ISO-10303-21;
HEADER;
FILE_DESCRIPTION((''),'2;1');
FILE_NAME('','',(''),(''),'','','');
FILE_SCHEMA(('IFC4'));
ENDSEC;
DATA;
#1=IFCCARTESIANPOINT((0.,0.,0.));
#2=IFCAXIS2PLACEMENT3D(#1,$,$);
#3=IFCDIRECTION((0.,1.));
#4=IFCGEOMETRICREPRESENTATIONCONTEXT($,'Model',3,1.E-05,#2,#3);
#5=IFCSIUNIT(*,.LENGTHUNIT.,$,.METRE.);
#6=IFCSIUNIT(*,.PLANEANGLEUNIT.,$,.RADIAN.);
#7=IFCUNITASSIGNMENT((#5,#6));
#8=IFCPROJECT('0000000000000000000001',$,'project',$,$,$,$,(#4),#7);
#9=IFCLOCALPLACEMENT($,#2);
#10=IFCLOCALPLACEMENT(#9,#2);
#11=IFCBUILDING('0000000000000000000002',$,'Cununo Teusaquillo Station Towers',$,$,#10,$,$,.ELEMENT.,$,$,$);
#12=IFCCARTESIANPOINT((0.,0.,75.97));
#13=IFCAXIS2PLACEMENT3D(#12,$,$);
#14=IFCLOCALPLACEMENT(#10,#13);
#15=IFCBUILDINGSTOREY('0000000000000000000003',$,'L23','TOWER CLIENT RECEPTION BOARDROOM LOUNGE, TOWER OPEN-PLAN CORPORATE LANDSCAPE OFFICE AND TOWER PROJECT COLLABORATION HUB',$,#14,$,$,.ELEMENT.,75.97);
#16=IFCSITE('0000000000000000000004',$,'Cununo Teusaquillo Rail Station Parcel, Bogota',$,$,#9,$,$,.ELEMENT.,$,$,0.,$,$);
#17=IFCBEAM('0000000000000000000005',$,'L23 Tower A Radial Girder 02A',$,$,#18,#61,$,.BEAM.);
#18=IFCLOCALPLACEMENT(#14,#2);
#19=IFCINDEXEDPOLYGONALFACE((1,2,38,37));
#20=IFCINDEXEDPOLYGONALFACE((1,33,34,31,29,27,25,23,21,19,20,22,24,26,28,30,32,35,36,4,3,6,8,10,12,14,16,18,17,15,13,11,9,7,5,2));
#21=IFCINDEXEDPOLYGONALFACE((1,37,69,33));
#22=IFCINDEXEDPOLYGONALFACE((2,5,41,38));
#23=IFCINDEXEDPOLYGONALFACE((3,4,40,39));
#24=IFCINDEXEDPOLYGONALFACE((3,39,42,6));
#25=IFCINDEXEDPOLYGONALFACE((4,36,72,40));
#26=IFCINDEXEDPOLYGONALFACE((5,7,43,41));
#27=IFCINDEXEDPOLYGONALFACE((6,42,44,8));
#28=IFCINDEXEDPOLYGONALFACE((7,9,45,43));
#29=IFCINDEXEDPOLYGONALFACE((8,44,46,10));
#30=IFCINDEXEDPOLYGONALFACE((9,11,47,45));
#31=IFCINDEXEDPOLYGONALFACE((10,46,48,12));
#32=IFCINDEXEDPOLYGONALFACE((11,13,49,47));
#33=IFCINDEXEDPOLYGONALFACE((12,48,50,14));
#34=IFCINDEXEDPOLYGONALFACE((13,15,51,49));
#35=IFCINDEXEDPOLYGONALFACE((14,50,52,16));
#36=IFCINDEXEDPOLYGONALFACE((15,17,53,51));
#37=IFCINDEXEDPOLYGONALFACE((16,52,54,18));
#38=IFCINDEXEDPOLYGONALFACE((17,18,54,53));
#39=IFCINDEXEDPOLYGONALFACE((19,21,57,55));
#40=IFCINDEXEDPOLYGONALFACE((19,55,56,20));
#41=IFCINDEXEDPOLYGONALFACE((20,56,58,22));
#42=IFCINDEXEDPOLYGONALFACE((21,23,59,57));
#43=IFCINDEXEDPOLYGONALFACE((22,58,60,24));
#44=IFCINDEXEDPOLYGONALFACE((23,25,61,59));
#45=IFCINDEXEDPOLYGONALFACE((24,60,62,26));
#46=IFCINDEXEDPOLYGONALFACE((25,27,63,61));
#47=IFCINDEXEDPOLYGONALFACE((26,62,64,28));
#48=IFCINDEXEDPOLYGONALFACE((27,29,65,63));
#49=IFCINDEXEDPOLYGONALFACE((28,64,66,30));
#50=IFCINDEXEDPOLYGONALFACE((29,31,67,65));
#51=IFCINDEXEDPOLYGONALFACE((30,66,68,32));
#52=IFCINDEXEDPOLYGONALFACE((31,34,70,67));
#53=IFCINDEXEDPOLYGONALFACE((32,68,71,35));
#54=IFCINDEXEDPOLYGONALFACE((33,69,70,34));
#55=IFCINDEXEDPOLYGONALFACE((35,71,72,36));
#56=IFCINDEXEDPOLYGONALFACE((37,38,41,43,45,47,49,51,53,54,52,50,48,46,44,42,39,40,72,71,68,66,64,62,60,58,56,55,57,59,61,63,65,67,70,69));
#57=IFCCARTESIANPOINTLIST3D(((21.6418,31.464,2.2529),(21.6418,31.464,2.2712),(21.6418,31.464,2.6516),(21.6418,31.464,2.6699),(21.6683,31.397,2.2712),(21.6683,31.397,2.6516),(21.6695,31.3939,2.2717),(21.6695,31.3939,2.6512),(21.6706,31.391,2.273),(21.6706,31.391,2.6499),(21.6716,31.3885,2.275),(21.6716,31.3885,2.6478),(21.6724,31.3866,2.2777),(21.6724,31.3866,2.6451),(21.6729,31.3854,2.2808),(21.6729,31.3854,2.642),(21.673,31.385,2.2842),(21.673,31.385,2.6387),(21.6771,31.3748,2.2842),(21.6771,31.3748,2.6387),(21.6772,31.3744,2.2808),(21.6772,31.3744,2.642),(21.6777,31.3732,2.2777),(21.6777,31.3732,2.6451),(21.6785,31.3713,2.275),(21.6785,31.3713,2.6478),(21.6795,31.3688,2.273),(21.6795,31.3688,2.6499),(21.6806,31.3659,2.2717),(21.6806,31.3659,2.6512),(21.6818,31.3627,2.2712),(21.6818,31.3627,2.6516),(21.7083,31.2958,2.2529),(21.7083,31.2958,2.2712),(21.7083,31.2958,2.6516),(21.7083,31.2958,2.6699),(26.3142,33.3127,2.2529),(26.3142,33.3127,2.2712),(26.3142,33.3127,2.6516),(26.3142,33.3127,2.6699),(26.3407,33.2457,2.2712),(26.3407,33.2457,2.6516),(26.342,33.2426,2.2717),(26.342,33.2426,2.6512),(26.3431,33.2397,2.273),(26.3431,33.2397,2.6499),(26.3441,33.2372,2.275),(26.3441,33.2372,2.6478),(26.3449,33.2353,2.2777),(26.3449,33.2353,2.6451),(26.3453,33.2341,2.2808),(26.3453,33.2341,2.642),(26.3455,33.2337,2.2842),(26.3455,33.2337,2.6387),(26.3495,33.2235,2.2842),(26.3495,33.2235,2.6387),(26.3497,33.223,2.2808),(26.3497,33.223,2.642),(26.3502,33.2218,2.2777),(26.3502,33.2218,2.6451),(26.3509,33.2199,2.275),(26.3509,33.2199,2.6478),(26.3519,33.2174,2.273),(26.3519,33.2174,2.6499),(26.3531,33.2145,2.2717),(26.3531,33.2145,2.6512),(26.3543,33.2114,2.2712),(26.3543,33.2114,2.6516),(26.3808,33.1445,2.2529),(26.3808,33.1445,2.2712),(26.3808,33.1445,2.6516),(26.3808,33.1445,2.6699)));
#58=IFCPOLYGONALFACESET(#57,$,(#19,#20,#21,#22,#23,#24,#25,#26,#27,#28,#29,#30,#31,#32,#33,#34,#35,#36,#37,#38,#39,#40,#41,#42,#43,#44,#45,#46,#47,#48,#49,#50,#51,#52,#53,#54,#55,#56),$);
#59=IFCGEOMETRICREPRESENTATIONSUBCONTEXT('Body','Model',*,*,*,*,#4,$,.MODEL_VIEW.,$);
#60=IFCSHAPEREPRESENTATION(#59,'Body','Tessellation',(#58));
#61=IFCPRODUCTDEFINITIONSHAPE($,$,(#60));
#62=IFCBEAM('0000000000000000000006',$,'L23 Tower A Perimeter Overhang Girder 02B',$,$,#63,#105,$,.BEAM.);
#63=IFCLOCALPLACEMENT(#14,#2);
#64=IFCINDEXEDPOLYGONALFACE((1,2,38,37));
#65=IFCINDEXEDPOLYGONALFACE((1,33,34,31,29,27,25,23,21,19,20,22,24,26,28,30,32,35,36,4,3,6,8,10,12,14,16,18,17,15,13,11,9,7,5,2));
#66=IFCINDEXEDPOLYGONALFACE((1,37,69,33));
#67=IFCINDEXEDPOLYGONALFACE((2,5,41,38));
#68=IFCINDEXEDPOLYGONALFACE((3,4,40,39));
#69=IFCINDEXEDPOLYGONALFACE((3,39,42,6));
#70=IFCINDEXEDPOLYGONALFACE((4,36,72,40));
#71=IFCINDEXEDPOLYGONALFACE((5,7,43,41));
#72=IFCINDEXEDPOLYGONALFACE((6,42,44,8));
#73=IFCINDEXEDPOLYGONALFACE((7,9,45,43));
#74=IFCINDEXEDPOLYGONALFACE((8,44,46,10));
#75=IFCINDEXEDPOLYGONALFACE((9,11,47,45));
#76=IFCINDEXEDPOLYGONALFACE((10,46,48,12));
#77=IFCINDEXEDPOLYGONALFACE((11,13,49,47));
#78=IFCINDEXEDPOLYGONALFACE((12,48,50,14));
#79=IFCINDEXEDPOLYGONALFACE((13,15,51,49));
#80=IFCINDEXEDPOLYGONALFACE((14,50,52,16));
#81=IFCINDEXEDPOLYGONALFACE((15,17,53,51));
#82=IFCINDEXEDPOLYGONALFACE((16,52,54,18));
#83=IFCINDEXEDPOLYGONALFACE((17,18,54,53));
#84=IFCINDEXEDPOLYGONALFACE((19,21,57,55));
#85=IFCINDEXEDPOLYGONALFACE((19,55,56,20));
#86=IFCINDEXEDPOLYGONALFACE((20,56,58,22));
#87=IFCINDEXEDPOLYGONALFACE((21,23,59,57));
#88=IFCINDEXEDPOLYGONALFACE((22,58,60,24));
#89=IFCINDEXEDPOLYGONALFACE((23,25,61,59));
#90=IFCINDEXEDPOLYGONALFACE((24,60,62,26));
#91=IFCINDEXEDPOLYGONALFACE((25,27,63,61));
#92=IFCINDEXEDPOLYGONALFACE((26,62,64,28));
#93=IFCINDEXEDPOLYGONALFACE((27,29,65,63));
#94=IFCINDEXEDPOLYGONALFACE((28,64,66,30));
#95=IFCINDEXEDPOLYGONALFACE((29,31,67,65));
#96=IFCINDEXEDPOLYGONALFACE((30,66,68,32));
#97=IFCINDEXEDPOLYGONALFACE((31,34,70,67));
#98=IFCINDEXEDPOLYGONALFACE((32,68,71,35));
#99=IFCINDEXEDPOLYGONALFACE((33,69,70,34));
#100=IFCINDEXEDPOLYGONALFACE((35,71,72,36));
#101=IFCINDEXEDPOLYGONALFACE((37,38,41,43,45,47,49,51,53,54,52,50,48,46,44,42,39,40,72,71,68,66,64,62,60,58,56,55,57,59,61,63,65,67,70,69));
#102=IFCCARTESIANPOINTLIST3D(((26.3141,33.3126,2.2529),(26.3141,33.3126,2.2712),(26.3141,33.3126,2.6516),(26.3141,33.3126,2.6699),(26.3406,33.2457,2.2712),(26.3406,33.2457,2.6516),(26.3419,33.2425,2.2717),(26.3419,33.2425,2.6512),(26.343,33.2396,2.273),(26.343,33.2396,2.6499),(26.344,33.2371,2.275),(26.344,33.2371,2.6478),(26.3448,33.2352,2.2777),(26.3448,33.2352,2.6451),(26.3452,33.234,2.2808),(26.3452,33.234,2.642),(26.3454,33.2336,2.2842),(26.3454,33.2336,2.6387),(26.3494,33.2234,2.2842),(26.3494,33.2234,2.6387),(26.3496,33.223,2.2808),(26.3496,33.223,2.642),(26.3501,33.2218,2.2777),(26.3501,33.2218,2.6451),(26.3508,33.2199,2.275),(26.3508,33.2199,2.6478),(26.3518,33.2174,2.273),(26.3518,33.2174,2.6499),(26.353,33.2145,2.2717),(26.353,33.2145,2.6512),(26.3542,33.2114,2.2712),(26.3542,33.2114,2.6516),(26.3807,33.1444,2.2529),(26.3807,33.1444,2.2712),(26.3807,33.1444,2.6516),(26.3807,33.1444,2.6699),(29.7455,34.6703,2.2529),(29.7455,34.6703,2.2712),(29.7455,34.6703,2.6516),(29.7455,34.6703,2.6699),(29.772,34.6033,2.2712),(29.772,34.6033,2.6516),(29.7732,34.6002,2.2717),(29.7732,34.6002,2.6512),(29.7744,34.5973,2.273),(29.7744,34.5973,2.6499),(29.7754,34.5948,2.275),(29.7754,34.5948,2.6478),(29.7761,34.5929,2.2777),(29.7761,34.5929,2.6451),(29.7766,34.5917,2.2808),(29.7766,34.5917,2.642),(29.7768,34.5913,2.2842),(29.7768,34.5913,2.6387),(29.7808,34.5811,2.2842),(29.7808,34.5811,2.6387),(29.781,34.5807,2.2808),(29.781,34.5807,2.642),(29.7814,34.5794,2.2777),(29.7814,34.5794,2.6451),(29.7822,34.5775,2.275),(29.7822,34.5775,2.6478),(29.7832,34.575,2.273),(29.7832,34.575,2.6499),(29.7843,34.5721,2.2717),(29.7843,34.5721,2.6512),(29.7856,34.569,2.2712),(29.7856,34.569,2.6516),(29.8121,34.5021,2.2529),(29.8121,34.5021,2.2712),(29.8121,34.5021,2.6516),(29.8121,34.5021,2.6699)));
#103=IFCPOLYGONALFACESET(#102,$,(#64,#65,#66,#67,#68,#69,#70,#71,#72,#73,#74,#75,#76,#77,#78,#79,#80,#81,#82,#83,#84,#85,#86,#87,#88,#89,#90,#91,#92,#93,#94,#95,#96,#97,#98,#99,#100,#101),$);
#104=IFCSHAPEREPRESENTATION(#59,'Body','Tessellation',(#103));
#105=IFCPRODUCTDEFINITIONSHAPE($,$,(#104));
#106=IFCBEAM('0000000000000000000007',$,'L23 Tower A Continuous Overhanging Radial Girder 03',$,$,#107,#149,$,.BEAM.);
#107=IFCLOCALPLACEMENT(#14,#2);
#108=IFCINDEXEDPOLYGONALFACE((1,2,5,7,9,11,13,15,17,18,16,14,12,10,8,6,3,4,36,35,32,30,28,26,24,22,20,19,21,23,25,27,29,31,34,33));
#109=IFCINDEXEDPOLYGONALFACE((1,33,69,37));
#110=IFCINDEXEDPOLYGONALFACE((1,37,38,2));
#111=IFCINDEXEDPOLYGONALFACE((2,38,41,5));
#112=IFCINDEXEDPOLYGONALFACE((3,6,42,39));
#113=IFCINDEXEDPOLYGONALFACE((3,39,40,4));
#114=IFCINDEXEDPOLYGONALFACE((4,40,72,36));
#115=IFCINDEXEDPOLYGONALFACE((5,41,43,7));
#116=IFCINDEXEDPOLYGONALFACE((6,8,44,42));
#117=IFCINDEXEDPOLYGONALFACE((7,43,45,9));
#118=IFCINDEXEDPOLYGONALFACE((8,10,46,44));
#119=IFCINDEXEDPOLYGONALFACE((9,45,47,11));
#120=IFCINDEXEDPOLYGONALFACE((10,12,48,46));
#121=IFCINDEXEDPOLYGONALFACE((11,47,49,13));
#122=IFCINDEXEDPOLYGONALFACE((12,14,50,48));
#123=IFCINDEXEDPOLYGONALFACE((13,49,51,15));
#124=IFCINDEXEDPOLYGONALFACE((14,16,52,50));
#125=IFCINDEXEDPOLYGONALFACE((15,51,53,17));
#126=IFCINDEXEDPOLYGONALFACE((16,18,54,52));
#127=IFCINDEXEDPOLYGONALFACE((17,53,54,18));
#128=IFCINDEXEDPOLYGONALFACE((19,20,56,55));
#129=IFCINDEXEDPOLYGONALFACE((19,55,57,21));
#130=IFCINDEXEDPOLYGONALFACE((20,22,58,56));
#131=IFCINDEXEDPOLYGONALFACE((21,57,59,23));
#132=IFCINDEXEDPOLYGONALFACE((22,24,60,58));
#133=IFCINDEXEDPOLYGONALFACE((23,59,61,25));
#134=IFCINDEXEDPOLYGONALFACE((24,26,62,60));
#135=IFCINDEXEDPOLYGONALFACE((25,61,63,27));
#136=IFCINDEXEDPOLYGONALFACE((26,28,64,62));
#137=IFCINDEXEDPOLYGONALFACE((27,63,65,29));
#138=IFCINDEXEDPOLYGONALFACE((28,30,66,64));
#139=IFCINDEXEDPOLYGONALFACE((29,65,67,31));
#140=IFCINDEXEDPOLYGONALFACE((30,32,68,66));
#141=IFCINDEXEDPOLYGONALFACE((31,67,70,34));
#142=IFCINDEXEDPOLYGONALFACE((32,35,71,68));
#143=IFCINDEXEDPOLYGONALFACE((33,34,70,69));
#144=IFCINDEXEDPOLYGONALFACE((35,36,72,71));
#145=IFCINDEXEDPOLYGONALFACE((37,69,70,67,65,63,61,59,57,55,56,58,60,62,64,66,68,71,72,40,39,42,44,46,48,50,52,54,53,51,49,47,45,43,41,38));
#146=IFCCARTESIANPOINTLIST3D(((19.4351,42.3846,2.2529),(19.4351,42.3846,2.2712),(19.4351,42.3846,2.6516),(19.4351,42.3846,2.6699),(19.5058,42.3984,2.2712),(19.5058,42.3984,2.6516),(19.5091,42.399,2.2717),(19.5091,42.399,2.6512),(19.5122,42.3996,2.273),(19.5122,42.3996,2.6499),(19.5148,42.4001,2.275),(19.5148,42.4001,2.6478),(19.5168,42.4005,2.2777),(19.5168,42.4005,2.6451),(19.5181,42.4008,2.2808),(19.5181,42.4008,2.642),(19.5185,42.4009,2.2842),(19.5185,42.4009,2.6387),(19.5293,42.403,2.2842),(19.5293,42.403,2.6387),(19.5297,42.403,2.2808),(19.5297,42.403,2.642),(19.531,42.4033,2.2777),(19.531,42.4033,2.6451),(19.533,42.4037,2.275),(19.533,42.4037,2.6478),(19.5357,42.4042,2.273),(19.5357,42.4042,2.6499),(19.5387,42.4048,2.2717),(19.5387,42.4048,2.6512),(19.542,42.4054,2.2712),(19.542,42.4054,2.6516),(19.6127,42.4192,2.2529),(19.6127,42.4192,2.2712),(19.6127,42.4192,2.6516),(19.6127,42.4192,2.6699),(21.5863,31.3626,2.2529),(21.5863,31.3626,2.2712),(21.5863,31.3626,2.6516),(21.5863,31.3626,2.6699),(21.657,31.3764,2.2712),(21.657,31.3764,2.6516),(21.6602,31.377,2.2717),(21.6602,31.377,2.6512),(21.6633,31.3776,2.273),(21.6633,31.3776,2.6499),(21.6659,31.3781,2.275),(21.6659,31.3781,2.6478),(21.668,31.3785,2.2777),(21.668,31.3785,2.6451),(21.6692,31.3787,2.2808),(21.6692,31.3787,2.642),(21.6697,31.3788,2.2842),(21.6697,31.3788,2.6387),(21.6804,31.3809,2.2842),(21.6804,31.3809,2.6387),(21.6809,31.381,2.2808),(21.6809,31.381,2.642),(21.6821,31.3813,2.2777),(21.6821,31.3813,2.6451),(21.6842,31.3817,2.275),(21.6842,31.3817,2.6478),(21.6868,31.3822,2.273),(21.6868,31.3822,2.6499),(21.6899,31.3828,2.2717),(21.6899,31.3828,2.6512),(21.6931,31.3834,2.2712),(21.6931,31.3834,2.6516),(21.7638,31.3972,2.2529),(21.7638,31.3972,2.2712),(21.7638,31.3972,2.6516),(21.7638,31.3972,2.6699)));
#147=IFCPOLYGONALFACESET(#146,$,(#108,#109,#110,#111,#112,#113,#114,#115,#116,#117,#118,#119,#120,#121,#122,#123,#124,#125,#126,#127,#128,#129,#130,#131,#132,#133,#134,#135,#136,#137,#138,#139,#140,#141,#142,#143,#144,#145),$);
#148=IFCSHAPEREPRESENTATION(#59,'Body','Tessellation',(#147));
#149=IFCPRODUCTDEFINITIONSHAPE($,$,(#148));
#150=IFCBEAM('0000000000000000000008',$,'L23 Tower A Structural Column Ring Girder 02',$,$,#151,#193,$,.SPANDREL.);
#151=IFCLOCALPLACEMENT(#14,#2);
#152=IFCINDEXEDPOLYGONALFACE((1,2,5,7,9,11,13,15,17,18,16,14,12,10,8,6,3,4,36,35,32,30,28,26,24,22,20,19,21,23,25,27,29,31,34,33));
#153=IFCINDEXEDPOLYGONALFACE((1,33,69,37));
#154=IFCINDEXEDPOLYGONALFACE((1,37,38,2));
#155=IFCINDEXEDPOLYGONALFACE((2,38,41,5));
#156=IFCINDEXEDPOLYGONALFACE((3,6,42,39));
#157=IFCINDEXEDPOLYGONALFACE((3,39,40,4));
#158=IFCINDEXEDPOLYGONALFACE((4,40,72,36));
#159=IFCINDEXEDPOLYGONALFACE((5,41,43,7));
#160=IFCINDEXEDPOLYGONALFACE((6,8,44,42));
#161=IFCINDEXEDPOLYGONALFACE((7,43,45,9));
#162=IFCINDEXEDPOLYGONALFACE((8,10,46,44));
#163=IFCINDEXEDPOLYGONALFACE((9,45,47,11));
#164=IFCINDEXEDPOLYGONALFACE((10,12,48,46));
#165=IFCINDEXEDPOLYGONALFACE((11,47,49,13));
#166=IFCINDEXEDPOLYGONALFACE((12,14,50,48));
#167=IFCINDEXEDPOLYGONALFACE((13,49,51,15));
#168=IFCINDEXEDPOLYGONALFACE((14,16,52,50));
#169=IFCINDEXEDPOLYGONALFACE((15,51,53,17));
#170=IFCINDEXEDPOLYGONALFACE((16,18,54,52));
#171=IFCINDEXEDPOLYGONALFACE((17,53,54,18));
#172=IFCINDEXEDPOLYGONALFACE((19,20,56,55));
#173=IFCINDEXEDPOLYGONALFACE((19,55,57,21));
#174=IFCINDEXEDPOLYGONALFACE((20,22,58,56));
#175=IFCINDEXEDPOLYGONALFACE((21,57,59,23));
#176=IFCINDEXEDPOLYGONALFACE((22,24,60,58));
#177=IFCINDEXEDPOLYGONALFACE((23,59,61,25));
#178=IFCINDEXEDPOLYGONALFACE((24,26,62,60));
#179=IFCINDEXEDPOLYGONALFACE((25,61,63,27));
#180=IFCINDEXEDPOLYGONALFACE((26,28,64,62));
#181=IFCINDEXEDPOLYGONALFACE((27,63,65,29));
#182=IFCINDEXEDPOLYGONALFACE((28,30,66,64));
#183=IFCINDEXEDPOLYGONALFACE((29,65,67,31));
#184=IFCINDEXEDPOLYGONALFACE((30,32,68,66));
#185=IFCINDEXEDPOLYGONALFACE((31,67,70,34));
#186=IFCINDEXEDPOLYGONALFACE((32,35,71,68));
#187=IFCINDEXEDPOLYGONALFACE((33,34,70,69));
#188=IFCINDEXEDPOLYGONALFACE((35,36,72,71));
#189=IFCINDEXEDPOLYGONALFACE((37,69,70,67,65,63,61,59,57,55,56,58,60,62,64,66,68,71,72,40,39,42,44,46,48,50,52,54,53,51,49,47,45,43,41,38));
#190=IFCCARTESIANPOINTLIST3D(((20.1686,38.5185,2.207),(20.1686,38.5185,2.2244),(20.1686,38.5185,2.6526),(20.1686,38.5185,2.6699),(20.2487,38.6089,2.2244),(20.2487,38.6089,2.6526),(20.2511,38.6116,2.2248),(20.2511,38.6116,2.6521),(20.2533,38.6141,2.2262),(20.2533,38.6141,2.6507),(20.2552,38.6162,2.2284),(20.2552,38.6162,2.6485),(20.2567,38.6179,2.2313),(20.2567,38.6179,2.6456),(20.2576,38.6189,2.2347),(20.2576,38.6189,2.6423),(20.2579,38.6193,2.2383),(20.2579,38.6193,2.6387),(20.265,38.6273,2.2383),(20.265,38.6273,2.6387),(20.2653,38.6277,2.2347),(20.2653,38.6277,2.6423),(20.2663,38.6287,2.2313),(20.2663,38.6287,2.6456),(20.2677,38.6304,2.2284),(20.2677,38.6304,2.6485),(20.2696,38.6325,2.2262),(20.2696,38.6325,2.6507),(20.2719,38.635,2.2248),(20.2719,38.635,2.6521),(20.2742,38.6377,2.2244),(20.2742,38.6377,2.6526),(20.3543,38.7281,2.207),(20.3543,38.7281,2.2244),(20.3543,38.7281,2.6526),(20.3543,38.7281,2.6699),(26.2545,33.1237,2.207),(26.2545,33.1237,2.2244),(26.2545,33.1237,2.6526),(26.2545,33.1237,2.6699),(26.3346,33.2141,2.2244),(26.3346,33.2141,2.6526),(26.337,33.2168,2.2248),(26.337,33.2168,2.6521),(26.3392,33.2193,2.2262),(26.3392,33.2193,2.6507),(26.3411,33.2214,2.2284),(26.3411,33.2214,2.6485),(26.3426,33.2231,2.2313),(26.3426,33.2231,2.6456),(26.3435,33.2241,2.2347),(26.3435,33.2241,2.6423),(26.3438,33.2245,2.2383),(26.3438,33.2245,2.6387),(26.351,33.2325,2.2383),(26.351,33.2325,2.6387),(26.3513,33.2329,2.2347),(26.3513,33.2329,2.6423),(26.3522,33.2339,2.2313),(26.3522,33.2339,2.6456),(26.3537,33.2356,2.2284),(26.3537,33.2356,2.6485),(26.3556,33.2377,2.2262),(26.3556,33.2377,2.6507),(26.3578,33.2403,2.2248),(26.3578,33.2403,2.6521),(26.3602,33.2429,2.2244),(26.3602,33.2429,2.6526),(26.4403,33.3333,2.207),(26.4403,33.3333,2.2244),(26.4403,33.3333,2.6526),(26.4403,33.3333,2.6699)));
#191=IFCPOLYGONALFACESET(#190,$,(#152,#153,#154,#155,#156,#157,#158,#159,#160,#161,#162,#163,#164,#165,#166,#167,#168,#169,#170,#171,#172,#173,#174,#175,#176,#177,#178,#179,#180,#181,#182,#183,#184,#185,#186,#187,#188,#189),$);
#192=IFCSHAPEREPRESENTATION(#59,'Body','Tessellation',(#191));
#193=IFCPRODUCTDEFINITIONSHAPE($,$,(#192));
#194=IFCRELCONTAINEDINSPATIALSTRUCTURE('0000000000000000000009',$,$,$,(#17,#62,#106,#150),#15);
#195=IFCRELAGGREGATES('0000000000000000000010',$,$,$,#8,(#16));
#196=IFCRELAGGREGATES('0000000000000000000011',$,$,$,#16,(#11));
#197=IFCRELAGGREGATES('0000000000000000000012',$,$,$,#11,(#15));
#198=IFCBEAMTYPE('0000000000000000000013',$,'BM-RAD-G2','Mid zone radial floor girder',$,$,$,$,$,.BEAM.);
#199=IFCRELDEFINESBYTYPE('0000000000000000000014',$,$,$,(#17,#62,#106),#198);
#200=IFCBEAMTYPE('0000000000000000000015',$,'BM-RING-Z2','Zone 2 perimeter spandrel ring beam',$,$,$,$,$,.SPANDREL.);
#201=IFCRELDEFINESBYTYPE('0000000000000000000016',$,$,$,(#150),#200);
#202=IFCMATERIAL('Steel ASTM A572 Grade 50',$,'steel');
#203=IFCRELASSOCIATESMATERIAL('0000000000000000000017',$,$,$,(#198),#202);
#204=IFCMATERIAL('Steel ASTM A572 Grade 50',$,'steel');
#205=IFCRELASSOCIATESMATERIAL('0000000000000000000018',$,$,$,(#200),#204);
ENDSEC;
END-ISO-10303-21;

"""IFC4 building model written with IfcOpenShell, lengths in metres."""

from ifc_helpers import new_model, si_unit, direction, frame, origin, origin_2d, place, context, subcontext, project, spatial, i_section, extrude, material, material_profile, profile_set, type_object, element, save


model = new_model("IFC4")

# Units and contexts
model_context = context("Model", 3, precision=1e-05, world=origin(), true_north=direction((0.0, 1.0)))
body_context = subcontext(model_context, "Body", "Model", "MODEL_VIEW")
ifc_project = project(units=[si_unit("LENGTHUNIT", "METRE"), si_unit("PLANEANGLEUNIT", "RADIAN")], contexts=[model_context])

# Site, building, storey
site_placement = place(None, origin())
site = spatial("IfcSite", under=ifc_project, at=site_placement, Name="Cununo Teusaquillo Rail Station Parcel, Bogota", CompositionType="ELEMENT", RefElevation=0.0)
building_placement = place(site_placement, origin())
building = spatial("IfcBuilding", under=site, at=building_placement, Name="Cununo Teusaquillo Station Towers", CompositionType="ELEMENT")
storey_placement = place(building_placement, frame((0.0, 0.0, 75.97)))
storey = spatial("IfcBuildingStorey", under=building, at=storey_placement, Name="L23", Description="TOWER CLIENT RECEPTION BOARDROOM LOUNGE, TOWER OPEN-PLAN CORPORATE LANDSCAPE OFFICE AND TOWER PROJECT COLLABORATION HUB", CompositionType="ELEMENT", Elevation=75.97)

# Beams
ifc_material_1 = material(Name="Steel ASTM A572 Grade 50", Category="steel")
ifc_material_profile_1 = material_profile(ifc_material_1, i_section(OverallWidth=0.1809, OverallDepth=0.417, WebThickness=0.011, FlangeThickness=0.0183, FilletRadius=0.0129, at=origin_2d()), Name="W16X57")
ifc_profile_set_1 = profile_set([ifc_material_profile_1], Name="Steel ASTM A572 Grade 50")
beam_type_1 = type_object("IfcBeamType", Name="BM-RAD-G2", Description="Mid zone radial floor girder", PredefinedType="BEAM", material=ifc_profile_set_1)
beam_1_placement = place(storey_placement, frame((21.675, 31.3799, 2.4614), z_axis=(0.929864, 0.367903, 0.0), x_axis=(-0.367903, 0.929864, 0.0)))
element("IfcBeam", 1, at=beam_1_placement, inside=storey, type_object=beam_type_1, Name="L23 Tower A Radial Girder 02A", PredefinedType="BEAM", context=body_context, shape_type="SweptSolid", body=[
    extrude(i_section(OverallWidth=0.1809, OverallDepth=0.417, WebThickness=0.011, FlangeThickness=0.0183, FilletRadius=0.0129, at=origin_2d()), origin(), (0.0, 0.0, 1.0), 5.0249),
])
beam_2_placement = place(storey_placement, frame((26.3474, 33.2285, 2.4614), z_axis=(0.929862, 0.367909, 0.0), x_axis=(-0.367909, 0.929862, 0.0)))
element("IfcBeam", 2, at=beam_2_placement, inside=storey, type_object=beam_type_1, Name="L23 Tower A Perimeter Overhang Girder 02B", PredefinedType="BEAM", context=body_context, shape_type="SweptSolid", body=[
    extrude(i_section(OverallWidth=0.1809, OverallDepth=0.417, WebThickness=0.011, FlangeThickness=0.0183, FilletRadius=0.0129, at=origin_2d()), origin(), (0.0, 0.0, 1.0), 3.6902),
])
beam_3_placement = place(storey_placement, frame((21.675, 31.3799, 2.4614), z_axis=(-0.191553, 0.981482, 0.0), x_axis=(-0.981482, -0.191553, 0.0)))
element("IfcBeam", 3, at=beam_3_placement, inside=storey, type_object=beam_type_1, Name="L23 Tower A Continuous Overhanging Radial Girder 03", PredefinedType="BEAM", context=body_context, shape_type="SweptSolid", body=[
    extrude(i_section(OverallWidth=0.1809, OverallDepth=0.417, WebThickness=0.011, FlangeThickness=0.0183, FilletRadius=0.0129, at=origin_2d()), origin(), (0.0, 0.0, 1.0), 11.23),
])
ifc_material_2 = material(Name="Steel ASTM A572 Grade 50", Category="steel")
ifc_material_profile_2 = material_profile(ifc_material_2, i_section(OverallWidth=0.28, OverallDepth=0.4629, WebThickness=0.0107, FlangeThickness=0.0173, FilletRadius=0.0139, at=origin_2d()), Name="W18X76")
ifc_profile_set_2 = profile_set([ifc_material_profile_2], Name="Steel ASTM A572 Grade 50")
beam_type_2 = type_object("IfcBeamType", Name="BM-RING-Z2", Description="Zone 2 perimeter spandrel ring beam", PredefinedType="SPANDREL", material=ifc_profile_set_2)
beam_4_placement = place(storey_placement, frame((26.3474, 33.2285, 2.4385), z_axis=(-0.748321, 0.663337, 0.0), x_axis=(-0.663337, -0.748321, 0.0)))
element("IfcBeam", 4, at=beam_4_placement, inside=storey, type_object=beam_type_2, Name="L23 Tower A Structural Column Ring Girder 02", PredefinedType="SPANDREL", context=body_context, shape_type="SweptSolid", body=[
    extrude(i_section(OverallWidth=0.28, OverallDepth=0.4629, WebThickness=0.0107, FlangeThickness=0.0173, FilletRadius=0.0139, at=origin_2d()), origin(), (0.0, 0.0, 1.0), 8.1328),
])

save(model, "model.ifc")
